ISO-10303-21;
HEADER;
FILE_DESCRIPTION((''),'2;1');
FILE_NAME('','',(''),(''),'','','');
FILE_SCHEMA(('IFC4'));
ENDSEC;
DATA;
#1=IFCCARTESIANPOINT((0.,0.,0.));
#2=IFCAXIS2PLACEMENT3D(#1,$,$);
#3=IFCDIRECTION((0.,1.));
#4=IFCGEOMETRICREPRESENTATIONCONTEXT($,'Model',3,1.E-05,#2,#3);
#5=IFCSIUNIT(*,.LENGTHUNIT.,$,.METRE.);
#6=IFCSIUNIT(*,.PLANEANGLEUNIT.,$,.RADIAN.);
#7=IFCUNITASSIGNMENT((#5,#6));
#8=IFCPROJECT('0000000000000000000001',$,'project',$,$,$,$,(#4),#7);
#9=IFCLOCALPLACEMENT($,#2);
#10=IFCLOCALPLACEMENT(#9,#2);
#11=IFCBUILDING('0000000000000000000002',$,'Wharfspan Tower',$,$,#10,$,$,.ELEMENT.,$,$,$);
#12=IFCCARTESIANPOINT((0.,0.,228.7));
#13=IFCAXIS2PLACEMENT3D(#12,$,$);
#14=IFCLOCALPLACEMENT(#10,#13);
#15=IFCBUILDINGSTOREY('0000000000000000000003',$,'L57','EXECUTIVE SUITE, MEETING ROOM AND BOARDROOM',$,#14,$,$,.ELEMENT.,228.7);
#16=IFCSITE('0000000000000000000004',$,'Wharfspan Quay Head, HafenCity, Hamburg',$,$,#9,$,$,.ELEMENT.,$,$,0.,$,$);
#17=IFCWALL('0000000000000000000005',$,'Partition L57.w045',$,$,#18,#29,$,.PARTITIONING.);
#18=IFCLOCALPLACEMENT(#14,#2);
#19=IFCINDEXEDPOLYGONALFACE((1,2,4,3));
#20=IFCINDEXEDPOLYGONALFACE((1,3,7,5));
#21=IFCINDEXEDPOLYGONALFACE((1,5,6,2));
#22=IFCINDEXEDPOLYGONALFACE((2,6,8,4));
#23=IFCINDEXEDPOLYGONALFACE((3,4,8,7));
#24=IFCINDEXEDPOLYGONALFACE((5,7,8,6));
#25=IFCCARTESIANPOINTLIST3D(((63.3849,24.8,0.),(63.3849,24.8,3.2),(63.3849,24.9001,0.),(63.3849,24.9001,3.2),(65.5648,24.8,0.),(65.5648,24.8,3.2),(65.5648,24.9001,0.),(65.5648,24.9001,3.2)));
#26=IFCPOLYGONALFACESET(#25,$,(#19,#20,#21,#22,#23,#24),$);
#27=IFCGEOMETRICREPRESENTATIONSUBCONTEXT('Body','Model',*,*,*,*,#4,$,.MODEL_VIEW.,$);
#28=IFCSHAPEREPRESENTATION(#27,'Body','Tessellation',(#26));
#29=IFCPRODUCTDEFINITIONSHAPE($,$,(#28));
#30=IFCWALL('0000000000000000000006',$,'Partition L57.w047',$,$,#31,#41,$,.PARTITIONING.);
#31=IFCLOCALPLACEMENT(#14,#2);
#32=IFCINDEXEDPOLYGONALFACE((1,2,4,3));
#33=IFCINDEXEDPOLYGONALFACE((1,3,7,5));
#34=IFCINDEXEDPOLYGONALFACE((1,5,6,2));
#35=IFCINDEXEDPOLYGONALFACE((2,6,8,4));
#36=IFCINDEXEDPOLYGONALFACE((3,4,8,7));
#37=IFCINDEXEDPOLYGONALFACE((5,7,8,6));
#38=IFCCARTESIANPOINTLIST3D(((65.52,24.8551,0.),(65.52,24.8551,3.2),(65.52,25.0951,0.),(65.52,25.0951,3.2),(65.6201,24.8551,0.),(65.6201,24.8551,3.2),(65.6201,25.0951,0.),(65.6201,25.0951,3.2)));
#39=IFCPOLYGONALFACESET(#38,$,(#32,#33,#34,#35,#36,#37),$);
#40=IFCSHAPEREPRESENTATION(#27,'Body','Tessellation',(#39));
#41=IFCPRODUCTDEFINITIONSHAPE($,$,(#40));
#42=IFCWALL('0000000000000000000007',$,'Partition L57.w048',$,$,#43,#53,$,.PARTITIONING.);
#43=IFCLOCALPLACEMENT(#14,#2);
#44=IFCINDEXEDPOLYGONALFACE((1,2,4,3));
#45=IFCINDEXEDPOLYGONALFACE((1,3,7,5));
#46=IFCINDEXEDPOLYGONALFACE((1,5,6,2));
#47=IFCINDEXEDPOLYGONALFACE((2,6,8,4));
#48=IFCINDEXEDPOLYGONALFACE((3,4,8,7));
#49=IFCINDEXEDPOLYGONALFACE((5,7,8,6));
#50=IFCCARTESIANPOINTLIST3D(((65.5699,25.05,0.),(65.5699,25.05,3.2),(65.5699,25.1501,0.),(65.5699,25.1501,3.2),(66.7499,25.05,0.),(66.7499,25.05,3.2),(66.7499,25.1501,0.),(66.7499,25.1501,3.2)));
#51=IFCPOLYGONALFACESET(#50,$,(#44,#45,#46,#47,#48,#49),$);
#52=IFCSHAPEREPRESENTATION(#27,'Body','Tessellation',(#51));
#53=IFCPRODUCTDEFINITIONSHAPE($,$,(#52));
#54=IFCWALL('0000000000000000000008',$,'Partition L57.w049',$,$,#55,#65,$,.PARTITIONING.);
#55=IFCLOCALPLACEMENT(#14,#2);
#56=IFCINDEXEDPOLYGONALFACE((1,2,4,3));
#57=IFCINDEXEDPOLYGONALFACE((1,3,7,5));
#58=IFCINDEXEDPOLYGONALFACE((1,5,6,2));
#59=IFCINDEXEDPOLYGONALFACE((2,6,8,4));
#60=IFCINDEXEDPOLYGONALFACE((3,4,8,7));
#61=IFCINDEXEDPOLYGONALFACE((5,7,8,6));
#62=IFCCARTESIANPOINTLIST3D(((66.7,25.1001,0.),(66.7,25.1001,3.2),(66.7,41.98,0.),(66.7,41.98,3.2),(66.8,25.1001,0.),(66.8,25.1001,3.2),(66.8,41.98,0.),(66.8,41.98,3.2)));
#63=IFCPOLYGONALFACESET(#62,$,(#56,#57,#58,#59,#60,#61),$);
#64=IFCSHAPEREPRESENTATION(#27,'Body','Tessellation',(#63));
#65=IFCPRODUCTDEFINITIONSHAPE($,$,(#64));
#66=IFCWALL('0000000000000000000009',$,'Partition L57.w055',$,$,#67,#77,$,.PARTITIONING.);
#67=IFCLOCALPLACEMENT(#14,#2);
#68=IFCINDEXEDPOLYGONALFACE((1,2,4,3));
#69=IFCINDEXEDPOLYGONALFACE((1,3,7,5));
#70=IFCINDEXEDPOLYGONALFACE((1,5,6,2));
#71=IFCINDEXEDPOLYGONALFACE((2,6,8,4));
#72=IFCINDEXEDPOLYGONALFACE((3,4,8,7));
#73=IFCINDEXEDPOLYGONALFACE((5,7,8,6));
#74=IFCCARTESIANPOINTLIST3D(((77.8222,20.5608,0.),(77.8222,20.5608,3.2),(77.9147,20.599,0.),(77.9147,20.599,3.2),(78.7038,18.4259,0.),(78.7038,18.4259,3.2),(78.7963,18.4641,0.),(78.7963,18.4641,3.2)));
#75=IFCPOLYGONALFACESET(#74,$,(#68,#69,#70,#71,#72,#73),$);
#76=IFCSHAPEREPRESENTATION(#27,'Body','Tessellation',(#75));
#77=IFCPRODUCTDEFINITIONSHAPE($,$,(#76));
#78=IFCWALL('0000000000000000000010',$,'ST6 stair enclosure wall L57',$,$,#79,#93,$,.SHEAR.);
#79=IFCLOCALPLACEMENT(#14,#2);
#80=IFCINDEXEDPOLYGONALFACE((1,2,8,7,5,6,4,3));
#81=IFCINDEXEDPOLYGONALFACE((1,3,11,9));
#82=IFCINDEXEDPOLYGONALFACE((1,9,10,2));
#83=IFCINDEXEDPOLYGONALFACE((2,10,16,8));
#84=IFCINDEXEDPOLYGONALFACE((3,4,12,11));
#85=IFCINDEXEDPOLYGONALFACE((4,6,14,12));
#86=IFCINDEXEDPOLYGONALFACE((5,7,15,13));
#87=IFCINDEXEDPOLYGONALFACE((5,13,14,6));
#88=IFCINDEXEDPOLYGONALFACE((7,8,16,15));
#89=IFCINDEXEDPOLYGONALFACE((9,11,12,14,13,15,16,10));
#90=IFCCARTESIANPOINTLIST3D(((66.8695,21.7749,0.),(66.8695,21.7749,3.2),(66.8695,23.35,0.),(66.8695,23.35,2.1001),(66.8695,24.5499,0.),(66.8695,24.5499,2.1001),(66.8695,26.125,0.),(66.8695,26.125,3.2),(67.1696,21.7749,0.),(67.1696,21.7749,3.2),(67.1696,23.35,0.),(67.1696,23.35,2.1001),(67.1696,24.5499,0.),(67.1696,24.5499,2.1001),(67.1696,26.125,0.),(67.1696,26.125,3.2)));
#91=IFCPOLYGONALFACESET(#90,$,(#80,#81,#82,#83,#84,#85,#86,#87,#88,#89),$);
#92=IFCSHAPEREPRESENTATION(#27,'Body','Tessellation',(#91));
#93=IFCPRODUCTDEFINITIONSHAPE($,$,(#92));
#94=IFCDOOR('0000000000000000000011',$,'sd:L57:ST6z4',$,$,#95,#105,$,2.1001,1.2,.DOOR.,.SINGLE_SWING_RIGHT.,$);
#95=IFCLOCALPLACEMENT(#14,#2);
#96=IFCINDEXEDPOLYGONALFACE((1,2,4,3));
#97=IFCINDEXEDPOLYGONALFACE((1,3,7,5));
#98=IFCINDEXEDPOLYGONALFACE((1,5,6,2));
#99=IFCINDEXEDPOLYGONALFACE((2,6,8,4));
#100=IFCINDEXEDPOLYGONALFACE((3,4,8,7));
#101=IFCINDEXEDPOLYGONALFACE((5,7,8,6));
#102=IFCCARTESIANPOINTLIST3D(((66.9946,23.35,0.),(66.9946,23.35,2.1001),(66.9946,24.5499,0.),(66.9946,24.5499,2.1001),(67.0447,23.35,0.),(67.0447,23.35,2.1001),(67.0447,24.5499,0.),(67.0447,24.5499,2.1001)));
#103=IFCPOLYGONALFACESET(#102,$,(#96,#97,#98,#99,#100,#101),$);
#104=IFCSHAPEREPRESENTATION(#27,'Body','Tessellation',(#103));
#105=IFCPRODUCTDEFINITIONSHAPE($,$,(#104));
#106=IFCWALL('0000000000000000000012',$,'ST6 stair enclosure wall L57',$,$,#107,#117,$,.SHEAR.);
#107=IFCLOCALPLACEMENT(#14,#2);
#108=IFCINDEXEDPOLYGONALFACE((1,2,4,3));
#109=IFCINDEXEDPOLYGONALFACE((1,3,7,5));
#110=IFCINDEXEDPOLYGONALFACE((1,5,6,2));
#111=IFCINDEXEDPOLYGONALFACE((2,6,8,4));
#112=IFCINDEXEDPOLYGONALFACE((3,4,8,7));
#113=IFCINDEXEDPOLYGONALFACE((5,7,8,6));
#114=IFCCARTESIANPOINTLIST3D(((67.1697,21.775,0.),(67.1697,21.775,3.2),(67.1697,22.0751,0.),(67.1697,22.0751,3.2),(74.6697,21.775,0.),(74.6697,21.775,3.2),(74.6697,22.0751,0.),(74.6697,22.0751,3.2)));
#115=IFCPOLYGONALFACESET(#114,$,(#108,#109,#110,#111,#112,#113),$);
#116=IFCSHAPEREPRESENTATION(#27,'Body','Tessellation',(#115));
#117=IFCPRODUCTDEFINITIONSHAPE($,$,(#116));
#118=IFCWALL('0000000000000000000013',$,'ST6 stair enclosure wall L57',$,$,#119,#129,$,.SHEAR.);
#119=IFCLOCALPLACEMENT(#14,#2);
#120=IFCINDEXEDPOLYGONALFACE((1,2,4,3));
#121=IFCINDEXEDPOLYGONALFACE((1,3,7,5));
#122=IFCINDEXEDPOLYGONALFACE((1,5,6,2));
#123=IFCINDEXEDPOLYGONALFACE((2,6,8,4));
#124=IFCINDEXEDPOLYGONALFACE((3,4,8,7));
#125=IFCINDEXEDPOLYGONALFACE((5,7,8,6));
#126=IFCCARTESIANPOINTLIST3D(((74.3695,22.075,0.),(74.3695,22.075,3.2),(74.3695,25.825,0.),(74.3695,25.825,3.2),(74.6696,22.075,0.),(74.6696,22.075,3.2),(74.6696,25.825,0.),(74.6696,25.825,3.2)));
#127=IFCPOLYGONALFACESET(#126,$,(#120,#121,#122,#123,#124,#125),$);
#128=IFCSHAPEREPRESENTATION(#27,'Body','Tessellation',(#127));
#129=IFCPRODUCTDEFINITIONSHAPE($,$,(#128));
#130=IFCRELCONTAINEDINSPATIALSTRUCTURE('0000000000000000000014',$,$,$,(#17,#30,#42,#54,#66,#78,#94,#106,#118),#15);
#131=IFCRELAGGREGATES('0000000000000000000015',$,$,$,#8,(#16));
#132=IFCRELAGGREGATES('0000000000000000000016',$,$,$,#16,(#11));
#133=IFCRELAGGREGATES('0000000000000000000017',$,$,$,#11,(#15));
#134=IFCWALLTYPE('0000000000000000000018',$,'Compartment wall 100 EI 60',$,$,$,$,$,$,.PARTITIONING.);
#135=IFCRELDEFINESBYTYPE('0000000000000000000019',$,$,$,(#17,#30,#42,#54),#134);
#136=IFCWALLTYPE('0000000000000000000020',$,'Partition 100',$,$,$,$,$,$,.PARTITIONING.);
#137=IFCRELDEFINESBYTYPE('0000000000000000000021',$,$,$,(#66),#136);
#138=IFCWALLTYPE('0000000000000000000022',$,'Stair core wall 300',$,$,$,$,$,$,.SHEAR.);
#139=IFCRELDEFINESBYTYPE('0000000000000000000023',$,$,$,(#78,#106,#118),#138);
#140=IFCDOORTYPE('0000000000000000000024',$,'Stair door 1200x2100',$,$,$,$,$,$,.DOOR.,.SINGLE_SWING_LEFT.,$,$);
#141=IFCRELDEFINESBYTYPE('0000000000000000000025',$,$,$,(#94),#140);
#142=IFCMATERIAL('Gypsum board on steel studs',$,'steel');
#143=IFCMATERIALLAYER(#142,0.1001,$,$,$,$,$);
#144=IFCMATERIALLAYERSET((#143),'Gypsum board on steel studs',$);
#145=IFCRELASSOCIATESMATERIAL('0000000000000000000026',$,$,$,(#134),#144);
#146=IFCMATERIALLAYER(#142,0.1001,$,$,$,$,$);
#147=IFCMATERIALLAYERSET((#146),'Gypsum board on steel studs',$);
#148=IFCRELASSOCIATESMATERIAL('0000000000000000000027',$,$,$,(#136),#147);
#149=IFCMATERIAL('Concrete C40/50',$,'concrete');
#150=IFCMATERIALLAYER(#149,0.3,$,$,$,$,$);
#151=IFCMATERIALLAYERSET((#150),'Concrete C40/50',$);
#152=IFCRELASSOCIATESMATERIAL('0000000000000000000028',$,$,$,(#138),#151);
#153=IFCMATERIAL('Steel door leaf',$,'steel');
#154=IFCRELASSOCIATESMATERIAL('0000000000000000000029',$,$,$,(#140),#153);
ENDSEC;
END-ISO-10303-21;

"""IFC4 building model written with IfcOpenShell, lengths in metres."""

from ifc_helpers import new_model, si_unit, direction, frame, frame_2d, origin, place, context, subcontext, project, spatial, rectangle, extrude, material, layer, layer_set, type_object, element, fill, save


model = new_model("IFC4")

# Units and contexts
model_context = context("Model", 3, precision=1e-05, world=origin(), true_north=direction((0.0, 1.0)))
body_context = subcontext(model_context, "Body", "Model", "MODEL_VIEW")
ifc_project = project(units=[si_unit("LENGTHUNIT", "METRE"), si_unit("PLANEANGLEUNIT", "RADIAN")], contexts=[model_context])

# Site, building, storey
site_placement = place(None, origin())
site = spatial("IfcSite", under=ifc_project, at=site_placement, Name="Wharfspan Quay Head, HafenCity, Hamburg", CompositionType="ELEMENT", RefElevation=0.0)
building_placement = place(site_placement, origin())
building = spatial("IfcBuilding", under=site, at=building_placement, Name="Wharfspan Tower", CompositionType="ELEMENT")
storey_placement = place(building_placement, frame((0.0, 0.0, 228.7)))
storey = spatial("IfcBuildingStorey", under=building, at=storey_placement, Name="L57", Description="EXECUTIVE SUITE, MEETING ROOM AND BOARDROOM", CompositionType="ELEMENT", Elevation=228.7)

# Walls
ifc_material_1 = material(Name="Gypsum board on steel studs", Category="steel")
ifc_layer_1 = layer(ifc_material_1, 0.1001)
ifc_layer_set_1 = layer_set([ifc_layer_1], Name="Gypsum board on steel studs")
wall_type_1 = type_object("IfcWallType", Name="Compartment wall 100 EI 60", PredefinedType="PARTITIONING", material=ifc_layer_set_1)
wall_1_placement = place(storey_placement, frame((63.385, 24.8501, 0.0), z_axis=(0.0, 0.0, 1.0), x_axis=(1.0, 0.0, 0.0)))
element("IfcWall", 1, at=wall_1_placement, inside=storey, type_object=wall_type_1, Name="Partition L57.w045", PredefinedType="PARTITIONING", context=body_context, shape_type="SweptSolid", body=[
    extrude(rectangle(XDim=2.1799, YDim=0.1001, at=frame_2d((1.0898, 0.0))), origin(), (0.0, 0.0, 1.0), 3.2),
])
wall_2_placement = place(storey_placement, frame((65.5701, 24.855, 0.0), z_axis=(0.0, 0.0, 1.0), x_axis=(0.0, 1.0, 0.0)))
element("IfcWall", 2, at=wall_2_placement, inside=storey, type_object=wall_type_1, Name="Partition L57.w047", PredefinedType="PARTITIONING", context=body_context, shape_type="SweptSolid", body=[
    extrude(rectangle(XDim=0.24, YDim=0.1001, at=frame_2d((0.1201, 0.0))), origin(), (0.0, 0.0, 1.0), 3.2),
])
wall_3_placement = place(storey_placement, frame((65.5701, 25.1001, 0.0), z_axis=(0.0, 0.0, 1.0), x_axis=(1.0, 0.0, 0.0)))
element("IfcWall", 3, at=wall_3_placement, inside=storey, type_object=wall_type_1, Name="Partition L57.w048", PredefinedType="PARTITIONING", context=body_context, shape_type="SweptSolid", body=[
    extrude(rectangle(XDim=1.1799, YDim=0.1001, at=frame_2d((0.5898, 0.0))), origin(), (0.0, 0.0, 1.0), 3.2),
])
wall_4_placement = place(storey_placement, frame((66.75, 25.1001, 0.0), z_axis=(0.0, 0.0, 1.0), x_axis=(0.0, 1.0, 0.0)))
element("IfcWall", 4, at=wall_4_placement, inside=storey, type_object=wall_type_1, Name="Partition L57.w049", PredefinedType="PARTITIONING", context=body_context, shape_type="SweptSolid", body=[
    extrude(rectangle(XDim=16.8799, YDim=0.1001, at=frame_2d((8.4399, 0.0))), origin(), (0.0, 0.0, 1.0), 3.2),
])
ifc_layer_2 = layer(ifc_material_1, 0.1001)
ifc_layer_set_2 = layer_set([ifc_layer_2], Name="Gypsum board on steel studs")
wall_type_2 = type_object("IfcWallType", Name="Partition 100", PredefinedType="PARTITIONING", material=ifc_layer_set_2)
wall_5_placement = place(storey_placement, frame((78.75, 18.4451, 0.0), z_axis=(0.0, 0.0, 1.0), x_axis=(-0.381663, 0.924299, 0.0)))
element("IfcWall", 5, at=wall_5_placement, inside=storey, type_object=wall_type_2, Name="Partition L57.w055", PredefinedType="PARTITIONING", context=body_context, shape_type="SweptSolid", body=[
    extrude(rectangle(XDim=2.3098, YDim=0.1001, at=frame_2d((1.1548, 0.0))), origin(), (0.0, 0.0, 1.0), 3.2),
])

# Wall, opening, door
ifc_material_2 = material(Name="Concrete C40/50", Category="concrete")
ifc_layer_3 = layer(ifc_material_2, 0.3)
ifc_layer_set_3 = layer_set([ifc_layer_3], Name="Concrete C40/50")
wall_type_3 = type_object("IfcWallType", Name="Stair core wall 300", PredefinedType="SHEAR", material=ifc_layer_set_3)
wall_6_placement = place(storey_placement, frame((67.0195, 21.7749, 0.0), z_axis=(0.0, 0.0, 1.0), x_axis=(0.0, 1.0, 0.0)))
wall_6 = element("IfcWall", 6, at=wall_6_placement, inside=storey, type_object=wall_type_3, Name="ST6 stair enclosure wall L57", PredefinedType="SHEAR", context=body_context, shape_type="SweptSolid", body=[
    extrude(rectangle(XDim=4.3501, YDim=0.3, at=frame_2d((2.175, 0.0))), origin(), (0.0, 0.0, 1.0), 3.2),
])
opening_placement = place(wall_6_placement, frame((1.575, 0.0, 0.0)))
opening = element("IfcOpeningElement", 7, at=opening_placement, cuts=wall_6, PredefinedType="OPENING", context=body_context, shape_type="SweptSolid", body=[
    extrude(rectangle(XDim=1.2, YDim=2.1001, at=frame_2d((0.6001, 1.05))), frame((0.0, 0.1599, 0.0), z_axis=(0.0, -1.0, 0.0), x_axis=(1.0, 0.0, 0.0)), (0.0, 0.0, 1.0), 0.3201),
])
ifc_material_3 = material(Name="Steel door leaf", Category="steel")
door_type = type_object("IfcDoorType", Name="Stair door 1200x2100", OperationType="SINGLE_SWING_LEFT", PredefinedType="DOOR", material=ifc_material_3)
door_placement = place(opening_placement, origin())
door = element("IfcDoor", 8, at=door_placement, inside=storey, type_object=door_type, Name="sd:L57:ST6z4", OperationType="SINGLE_SWING_RIGHT", OverallHeight=2.1001, OverallWidth=1.2, PredefinedType="DOOR", context=body_context, shape_type="SweptSolid", body=[
    extrude(rectangle(XDim=1.2, YDim=2.1001, at=frame_2d((0.6001, 1.05))), frame((0.0, 0.0249, 0.0), z_axis=(0.0, -1.0, 0.0), x_axis=(1.0, 0.0, 0.0)), (0.0, 0.0, 1.0), 0.05),
])
fill(opening, door)

# Walls
wall_7_placement = place(storey_placement, frame((67.1697, 21.925, 0.0), z_axis=(0.0, 0.0, 1.0), x_axis=(1.0, 0.0, 0.0)))
element("IfcWall", 9, at=wall_7_placement, inside=storey, type_object=wall_type_3, Name="ST6 stair enclosure wall L57", PredefinedType="SHEAR", context=body_context, shape_type="SweptSolid", body=[
    extrude(rectangle(XDim=7.5, YDim=0.3, at=frame_2d((3.75, 0.0))), origin(), (0.0, 0.0, 1.0), 3.2),
])
wall_8_placement = place(storey_placement, frame((74.5195, 22.075, 0.0), z_axis=(0.0, 0.0, 1.0), x_axis=(0.0, 1.0, 0.0)))
element("IfcWall", 10, at=wall_8_placement, inside=storey, type_object=wall_type_3, Name="ST6 stair enclosure wall L57", PredefinedType="SHEAR", context=body_context, shape_type="SweptSolid", body=[
    extrude(rectangle(XDim=3.75, YDim=0.3, at=frame_2d((1.875, 0.0))), origin(), (0.0, 0.0, 1.0), 3.2),
])

save(model, "model.ifc")
